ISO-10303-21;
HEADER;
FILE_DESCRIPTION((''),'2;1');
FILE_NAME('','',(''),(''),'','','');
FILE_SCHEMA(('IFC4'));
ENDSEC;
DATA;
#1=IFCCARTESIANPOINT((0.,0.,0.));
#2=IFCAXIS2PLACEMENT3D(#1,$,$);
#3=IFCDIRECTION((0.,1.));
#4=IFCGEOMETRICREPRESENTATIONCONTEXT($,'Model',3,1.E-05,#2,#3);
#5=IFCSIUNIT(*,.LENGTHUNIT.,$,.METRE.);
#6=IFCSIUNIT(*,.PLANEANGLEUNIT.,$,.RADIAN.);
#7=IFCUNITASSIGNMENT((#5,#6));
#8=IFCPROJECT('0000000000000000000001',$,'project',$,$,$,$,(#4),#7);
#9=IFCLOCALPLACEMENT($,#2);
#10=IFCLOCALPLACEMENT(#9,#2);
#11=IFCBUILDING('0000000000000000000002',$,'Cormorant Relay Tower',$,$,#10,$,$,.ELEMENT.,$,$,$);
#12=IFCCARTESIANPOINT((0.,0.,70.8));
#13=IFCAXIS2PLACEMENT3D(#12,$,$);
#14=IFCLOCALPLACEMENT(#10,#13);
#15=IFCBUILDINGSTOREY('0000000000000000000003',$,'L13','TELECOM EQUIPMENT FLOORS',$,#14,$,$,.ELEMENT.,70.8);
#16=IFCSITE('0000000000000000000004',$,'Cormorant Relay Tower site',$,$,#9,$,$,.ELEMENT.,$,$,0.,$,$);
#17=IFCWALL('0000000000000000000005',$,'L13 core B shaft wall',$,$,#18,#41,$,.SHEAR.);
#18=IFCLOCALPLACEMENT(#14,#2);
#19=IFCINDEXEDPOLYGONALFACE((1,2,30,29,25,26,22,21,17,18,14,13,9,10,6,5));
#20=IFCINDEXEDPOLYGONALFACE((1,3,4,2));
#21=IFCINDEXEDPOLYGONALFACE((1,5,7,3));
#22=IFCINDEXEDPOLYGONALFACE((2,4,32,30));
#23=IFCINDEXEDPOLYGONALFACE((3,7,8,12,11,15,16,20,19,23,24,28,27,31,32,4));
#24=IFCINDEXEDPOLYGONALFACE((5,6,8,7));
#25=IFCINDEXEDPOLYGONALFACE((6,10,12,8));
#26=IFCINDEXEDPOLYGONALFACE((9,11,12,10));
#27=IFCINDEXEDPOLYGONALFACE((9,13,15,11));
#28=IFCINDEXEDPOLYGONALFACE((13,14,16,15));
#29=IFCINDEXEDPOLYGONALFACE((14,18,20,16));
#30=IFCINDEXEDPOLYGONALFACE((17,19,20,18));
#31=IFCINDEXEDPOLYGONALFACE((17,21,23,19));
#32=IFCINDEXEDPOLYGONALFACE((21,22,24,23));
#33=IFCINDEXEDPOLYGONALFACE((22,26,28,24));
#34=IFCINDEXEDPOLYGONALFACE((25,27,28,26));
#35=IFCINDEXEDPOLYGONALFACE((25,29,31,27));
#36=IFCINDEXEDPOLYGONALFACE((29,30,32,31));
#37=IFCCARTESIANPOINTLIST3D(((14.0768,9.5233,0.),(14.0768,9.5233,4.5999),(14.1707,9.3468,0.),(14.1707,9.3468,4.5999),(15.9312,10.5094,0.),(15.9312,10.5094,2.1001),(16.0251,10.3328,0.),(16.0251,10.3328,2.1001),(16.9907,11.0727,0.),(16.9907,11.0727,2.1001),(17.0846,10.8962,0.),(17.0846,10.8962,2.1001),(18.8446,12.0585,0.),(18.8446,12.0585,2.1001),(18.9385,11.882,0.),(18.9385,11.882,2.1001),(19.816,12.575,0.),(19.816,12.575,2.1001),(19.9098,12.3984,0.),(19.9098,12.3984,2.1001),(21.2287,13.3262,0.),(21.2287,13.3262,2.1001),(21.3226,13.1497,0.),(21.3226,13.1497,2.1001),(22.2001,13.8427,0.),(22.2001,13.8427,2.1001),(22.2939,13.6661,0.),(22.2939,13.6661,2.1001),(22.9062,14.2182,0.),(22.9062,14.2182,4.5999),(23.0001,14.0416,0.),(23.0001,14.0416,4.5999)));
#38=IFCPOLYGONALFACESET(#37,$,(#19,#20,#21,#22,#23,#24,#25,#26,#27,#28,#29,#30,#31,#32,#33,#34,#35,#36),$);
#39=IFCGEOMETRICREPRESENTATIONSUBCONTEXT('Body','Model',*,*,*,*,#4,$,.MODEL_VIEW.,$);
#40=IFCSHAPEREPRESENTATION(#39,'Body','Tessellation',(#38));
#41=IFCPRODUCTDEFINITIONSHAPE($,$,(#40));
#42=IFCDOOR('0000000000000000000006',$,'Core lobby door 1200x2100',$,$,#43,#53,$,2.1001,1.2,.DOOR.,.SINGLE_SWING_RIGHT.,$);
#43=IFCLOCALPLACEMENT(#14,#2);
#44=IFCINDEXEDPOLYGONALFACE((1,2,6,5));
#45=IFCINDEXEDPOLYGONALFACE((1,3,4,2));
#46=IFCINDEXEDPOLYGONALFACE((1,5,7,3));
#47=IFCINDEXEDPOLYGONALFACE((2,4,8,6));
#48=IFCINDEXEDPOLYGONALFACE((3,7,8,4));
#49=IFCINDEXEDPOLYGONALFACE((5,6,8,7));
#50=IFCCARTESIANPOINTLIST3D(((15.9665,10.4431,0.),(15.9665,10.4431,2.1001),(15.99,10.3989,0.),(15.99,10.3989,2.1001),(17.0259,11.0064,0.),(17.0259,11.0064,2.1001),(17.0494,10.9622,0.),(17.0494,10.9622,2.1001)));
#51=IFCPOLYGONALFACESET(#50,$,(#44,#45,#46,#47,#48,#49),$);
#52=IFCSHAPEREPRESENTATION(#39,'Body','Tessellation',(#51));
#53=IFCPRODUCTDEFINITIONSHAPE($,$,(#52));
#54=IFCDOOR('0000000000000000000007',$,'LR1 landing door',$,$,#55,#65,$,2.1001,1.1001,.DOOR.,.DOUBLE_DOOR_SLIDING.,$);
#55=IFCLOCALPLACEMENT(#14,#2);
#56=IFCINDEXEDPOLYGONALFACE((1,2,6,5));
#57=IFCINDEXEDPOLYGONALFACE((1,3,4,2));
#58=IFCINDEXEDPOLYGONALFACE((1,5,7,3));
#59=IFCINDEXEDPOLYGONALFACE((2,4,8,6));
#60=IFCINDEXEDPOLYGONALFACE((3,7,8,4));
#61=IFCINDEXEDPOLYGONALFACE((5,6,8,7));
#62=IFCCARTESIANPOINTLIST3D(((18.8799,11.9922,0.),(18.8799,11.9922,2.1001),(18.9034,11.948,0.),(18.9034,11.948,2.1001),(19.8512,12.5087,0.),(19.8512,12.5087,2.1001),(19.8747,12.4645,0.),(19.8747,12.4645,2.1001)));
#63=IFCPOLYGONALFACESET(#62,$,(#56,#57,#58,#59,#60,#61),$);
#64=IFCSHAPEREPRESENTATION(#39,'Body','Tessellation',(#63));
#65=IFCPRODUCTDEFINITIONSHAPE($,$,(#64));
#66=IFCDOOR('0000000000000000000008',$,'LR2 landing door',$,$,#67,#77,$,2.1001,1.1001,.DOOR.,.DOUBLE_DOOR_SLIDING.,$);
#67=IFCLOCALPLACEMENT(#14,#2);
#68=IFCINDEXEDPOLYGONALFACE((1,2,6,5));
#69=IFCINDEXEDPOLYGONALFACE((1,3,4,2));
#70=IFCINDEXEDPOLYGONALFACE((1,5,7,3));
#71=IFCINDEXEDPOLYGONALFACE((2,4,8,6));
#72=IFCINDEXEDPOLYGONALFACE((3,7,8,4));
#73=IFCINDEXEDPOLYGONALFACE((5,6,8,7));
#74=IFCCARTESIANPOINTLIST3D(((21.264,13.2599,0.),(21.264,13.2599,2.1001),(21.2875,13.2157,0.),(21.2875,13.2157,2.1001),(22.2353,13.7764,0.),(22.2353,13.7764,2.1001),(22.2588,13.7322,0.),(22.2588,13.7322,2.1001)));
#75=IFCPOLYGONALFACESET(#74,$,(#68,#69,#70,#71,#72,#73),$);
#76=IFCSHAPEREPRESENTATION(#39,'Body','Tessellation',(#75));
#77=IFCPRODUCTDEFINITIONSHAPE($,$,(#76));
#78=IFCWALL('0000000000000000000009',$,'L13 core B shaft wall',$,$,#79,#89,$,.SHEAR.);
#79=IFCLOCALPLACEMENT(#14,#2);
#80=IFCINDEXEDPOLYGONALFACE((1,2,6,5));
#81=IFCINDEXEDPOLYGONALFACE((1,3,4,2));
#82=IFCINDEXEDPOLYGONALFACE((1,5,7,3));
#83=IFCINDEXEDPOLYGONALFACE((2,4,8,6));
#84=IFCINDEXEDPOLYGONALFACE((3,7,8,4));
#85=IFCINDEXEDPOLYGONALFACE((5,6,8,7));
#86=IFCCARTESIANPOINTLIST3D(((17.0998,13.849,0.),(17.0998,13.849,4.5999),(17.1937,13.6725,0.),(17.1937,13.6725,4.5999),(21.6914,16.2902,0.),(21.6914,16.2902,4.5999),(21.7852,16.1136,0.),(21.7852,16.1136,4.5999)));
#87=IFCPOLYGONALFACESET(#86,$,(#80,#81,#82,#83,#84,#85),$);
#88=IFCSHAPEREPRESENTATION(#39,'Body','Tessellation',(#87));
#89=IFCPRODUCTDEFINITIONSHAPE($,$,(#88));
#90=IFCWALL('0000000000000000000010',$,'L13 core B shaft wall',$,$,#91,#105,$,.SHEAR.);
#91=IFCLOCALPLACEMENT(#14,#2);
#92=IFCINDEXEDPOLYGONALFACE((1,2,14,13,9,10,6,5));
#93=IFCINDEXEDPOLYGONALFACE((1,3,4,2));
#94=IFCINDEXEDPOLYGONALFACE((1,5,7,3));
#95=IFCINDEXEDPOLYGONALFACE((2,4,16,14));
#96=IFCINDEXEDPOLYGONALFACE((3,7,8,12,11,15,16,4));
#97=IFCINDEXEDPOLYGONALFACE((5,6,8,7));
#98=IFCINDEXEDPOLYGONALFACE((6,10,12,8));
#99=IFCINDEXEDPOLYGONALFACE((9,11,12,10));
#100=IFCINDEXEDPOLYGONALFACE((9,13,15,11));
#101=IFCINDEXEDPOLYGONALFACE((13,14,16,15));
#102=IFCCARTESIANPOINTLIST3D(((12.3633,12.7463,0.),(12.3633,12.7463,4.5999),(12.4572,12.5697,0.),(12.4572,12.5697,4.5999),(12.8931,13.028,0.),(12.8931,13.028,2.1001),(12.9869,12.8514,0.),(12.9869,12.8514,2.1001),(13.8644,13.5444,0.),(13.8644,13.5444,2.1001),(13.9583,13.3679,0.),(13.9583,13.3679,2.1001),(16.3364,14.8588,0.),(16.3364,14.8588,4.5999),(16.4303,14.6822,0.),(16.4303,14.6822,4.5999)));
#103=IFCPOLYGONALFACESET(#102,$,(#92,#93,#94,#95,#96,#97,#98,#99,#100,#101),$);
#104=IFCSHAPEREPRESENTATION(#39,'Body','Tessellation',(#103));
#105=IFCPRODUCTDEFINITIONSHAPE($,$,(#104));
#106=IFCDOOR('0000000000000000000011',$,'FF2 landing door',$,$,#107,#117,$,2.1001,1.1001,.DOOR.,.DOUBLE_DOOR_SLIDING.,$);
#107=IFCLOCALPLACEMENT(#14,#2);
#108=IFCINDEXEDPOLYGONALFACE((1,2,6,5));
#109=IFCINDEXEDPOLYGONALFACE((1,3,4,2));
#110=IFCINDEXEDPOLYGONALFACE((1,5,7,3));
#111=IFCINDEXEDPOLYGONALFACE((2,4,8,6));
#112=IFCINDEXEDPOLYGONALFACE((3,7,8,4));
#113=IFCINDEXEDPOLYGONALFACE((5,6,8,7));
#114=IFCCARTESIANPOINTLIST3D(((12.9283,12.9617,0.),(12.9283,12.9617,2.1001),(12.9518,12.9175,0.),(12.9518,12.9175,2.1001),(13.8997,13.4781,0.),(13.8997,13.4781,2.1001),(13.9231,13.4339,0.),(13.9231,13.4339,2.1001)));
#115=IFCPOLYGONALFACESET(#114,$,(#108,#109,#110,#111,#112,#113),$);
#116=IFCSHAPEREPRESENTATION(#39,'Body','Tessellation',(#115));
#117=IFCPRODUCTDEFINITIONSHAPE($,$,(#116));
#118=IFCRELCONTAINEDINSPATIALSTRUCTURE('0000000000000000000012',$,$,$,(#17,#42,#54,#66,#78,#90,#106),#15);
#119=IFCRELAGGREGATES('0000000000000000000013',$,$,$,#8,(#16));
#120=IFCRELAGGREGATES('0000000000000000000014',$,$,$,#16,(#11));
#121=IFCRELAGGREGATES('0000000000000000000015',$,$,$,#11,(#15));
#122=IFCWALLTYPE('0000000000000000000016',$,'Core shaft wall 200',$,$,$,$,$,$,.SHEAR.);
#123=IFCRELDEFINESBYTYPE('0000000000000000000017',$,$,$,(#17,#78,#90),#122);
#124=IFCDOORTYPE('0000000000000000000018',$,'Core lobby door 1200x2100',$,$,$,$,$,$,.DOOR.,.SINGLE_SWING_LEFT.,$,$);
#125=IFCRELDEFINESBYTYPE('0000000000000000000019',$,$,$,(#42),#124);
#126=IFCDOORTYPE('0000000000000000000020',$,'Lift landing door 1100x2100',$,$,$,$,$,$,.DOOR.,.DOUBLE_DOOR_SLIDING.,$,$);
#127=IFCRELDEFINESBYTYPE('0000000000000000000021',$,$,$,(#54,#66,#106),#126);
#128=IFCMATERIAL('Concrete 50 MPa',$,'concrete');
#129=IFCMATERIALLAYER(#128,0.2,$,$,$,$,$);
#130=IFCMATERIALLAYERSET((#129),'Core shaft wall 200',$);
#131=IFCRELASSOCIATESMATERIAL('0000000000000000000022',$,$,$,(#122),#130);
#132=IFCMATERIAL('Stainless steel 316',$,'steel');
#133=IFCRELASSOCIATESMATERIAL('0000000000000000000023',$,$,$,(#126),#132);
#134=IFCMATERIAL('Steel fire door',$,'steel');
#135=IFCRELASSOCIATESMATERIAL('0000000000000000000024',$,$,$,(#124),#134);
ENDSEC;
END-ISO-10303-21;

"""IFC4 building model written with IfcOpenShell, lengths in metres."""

from ifc_helpers import new_model, si_unit, direction, frame, frame_2d, origin, place, context, subcontext, project, spatial, rectangle, extrude, material, layer, layer_set, type_object, element, fill, save


model = new_model("IFC4")

# Units and contexts
model_context = context("Model", 3, precision=1e-05, world=origin(), true_north=direction((0.0, 1.0)))
body_context = subcontext(model_context, "Body", "Model", "MODEL_VIEW")
ifc_project = project(units=[si_unit("LENGTHUNIT", "METRE"), si_unit("PLANEANGLEUNIT", "RADIAN")], contexts=[model_context])

# Site, building, storey
site_placement = place(None, origin())
site = spatial("IfcSite", under=ifc_project, at=site_placement, Name="Cormorant Relay Tower site", CompositionType="ELEMENT", RefElevation=0.0)
building_placement = place(site_placement, origin())
building = spatial("IfcBuilding", under=site, at=building_placement, Name="Cormorant Relay Tower", CompositionType="ELEMENT")
storey_placement = place(building_placement, frame((0.0, 0.0, 70.8)))
storey = spatial("IfcBuildingStorey", under=building, at=storey_placement, Name="L13", Description="TELECOM EQUIPMENT FLOORS", CompositionType="ELEMENT", Elevation=70.8)

# Shared definitions
ifc_material_1 = material(Name="Concrete 50 MPa", Category="concrete")
ifc_layer_1 = layer(ifc_material_1, 0.2)
ifc_layer_set_1 = layer_set([ifc_layer_1], Name="Core shaft wall 200")
wall_type_1 = type_object("IfcWallType", Name="Core shaft wall 200", PredefinedType="SHEAR", material=ifc_layer_set_1)

# Wall, openings, doors
ifc_material_2 = material(Name="Stainless steel 316", Category="steel")
door_type_1 = type_object("IfcDoorType", Name="Lift landing door 1100x2100", OperationType="DOUBLE_DOOR_SLIDING", PredefinedType="DOOR", material=ifc_material_2)
wall_1_placement = place(storey_placement, frame((14.1238, 9.4351, 0.0), z_axis=(0.0, 0.0, 1.0), x_axis=(0.88294, 0.469485, 0.0)))
wall_1 = element("IfcWall", 1, at=wall_1_placement, inside=storey, type_object=wall_type_1, Name="L13 core B shaft wall", PredefinedType="SHEAR", context=body_context, shape_type="SweptSolid", body=[
    extrude(rectangle(XDim=10.0, YDim=0.2, at=frame_2d((5.0, 0.0))), origin(), (0.0, 0.0, 1.0), 4.5999),
])
opening_1_placement = place(wall_1_placement, frame((2.1001, 0.0, 0.0)))
opening_1 = element("IfcOpeningElement", 2, at=opening_1_placement, cuts=wall_1, PredefinedType="OPENING", context=body_context, shape_type="SweptSolid", body=[
    extrude(rectangle(XDim=1.2, YDim=2.1001, at=frame_2d((0.6001, 1.05))), frame((0.0, 0.1099, 0.0), z_axis=(0.0, -1.0, 0.0), x_axis=(1.0, 0.0, 0.0)), (0.0, 0.0, 1.0), 0.22),
])
opening_2_placement = place(wall_1_placement, frame((5.3999, 0.0, 0.0)))
opening_2 = element("IfcOpeningElement", 3, at=opening_2_placement, cuts=wall_1, PredefinedType="OPENING", context=body_context, shape_type="SweptSolid", body=[
    extrude(rectangle(XDim=1.1001, YDim=2.1001, at=frame_2d((0.55, 1.05))), frame((0.0, 0.1099, 0.0), z_axis=(0.0, -1.0, 0.0), x_axis=(1.0, 0.0, 0.0)), (0.0, 0.0, 1.0), 0.22),
])
opening_3_placement = place(wall_1_placement, frame((8.1001, 0.0, 0.0)))
opening_3 = element("IfcOpeningElement", 4, at=opening_3_placement, cuts=wall_1, PredefinedType="OPENING", context=body_context, shape_type="SweptSolid", body=[
    extrude(rectangle(XDim=1.1001, YDim=2.1001, at=frame_2d((0.55, 1.05))), frame((0.0, 0.1099, 0.0), z_axis=(0.0, -1.0, 0.0), x_axis=(1.0, 0.0, 0.0)), (0.0, 0.0, 1.0), 0.22),
])
ifc_material_3 = material(Name="Steel fire door", Category="steel")
door_type_2 = type_object("IfcDoorType", Name="Core lobby door 1200x2100", OperationType="SINGLE_SWING_LEFT", PredefinedType="DOOR", material=ifc_material_3)
door_1_placement = place(opening_1_placement, origin())
door_1 = element("IfcDoor", 5, at=door_1_placement, inside=storey, type_object=door_type_2, Name="Core lobby door 1200x2100", OperationType="SINGLE_SWING_RIGHT", OverallHeight=2.1001, OverallWidth=1.2, PredefinedType="DOOR", context=body_context, shape_type="SweptSolid", body=[
    extrude(rectangle(XDim=1.2, YDim=2.1001, at=frame_2d((0.6001, 1.05))), frame((0.0, 0.0249, 0.0), z_axis=(0.0, -1.0, 0.0), x_axis=(1.0, 0.0, 0.0)), (0.0, 0.0, 1.0), 0.05),
])
fill(opening_1, door_1)
door_2_placement = place(opening_2_placement, origin())
door_2 = element("IfcDoor", 6, at=door_2_placement, inside=storey, type_object=door_type_1, Name="LR1 landing door", OperationType="DOUBLE_DOOR_SLIDING", OverallHeight=2.1001, OverallWidth=1.1001, PredefinedType="DOOR", context=body_context, shape_type="SweptSolid", body=[
    extrude(rectangle(XDim=1.1001, YDim=2.1001, at=frame_2d((0.55, 1.05))), frame((0.0, 0.0249, 0.0), z_axis=(0.0, -1.0, 0.0), x_axis=(1.0, 0.0, 0.0)), (0.0, 0.0, 1.0), 0.05),
])
fill(opening_2, door_2)
door_3_placement = place(opening_3_placement, origin())
door_3 = element("IfcDoor", 7, at=door_3_placement, inside=storey, type_object=door_type_1, Name="LR2 landing door", OperationType="DOUBLE_DOOR_SLIDING", OverallHeight=2.1001, OverallWidth=1.1001, PredefinedType="DOOR", context=body_context, shape_type="SweptSolid", body=[
    extrude(rectangle(XDim=1.1001, YDim=2.1001, at=frame_2d((0.55, 1.05))), frame((0.0, 0.0249, 0.0), z_axis=(0.0, -1.0, 0.0), x_axis=(1.0, 0.0, 0.0)), (0.0, 0.0, 1.0), 0.05),
])
fill(opening_3, door_3)

# Wall
wall_2_placement = place(storey_placement, frame((17.1467, 13.7607, 0.0), z_axis=(0.0, 0.0, 1.0), x_axis=(0.882964, 0.46944, 0.0)))
element("IfcWall", 8, at=wall_2_placement, inside=storey, type_object=wall_type_1, Name="L13 core B shaft wall", PredefinedType="SHEAR", context=body_context, shape_type="SweptSolid", body=[
    extrude(rectangle(XDim=5.2002, YDim=0.2, at=frame_2d((2.6001, 0.0))), origin(), (0.0, 0.0, 1.0), 4.5999),
])

# Wall, opening, door
wall_3_placement = place(storey_placement, frame((12.4102, 12.658, 0.0), z_axis=(0.0, 0.0, 1.0), x_axis=(0.882948, 0.46947, 0.0)))
wall_3 = element("IfcWall", 9, at=wall_3_placement, inside=storey, type_object=wall_type_1, Name="L13 core B shaft wall", PredefinedType="SHEAR", context=body_context, shape_type="SweptSolid", body=[
    extrude(rectangle(XDim=4.4998, YDim=0.2, at=frame_2d((2.25, 0.0))), origin(), (0.0, 0.0, 1.0), 4.5999),
])
opening_4_placement = place(wall_3_placement, frame((0.6001, 0.0, 0.0)))
opening_4 = element("IfcOpeningElement", 10, at=opening_4_placement, cuts=wall_3, PredefinedType="OPENING", context=body_context, shape_type="SweptSolid", body=[
    extrude(rectangle(XDim=1.1001, YDim=2.1001, at=frame_2d((0.55, 1.05))), frame((0.0, 0.1099, 0.0), z_axis=(0.0, -1.0, 0.0), x_axis=(1.0, 0.0, 0.0)), (0.0, 0.0, 1.0), 0.22),
])
door_4_placement = place(opening_4_placement, origin())
door_4 = element("IfcDoor", 11, at=door_4_placement, inside=storey, type_object=door_type_1, Name="FF2 landing door", OperationType="DOUBLE_DOOR_SLIDING", OverallHeight=2.1001, OverallWidth=1.1001, PredefinedType="DOOR", context=body_context, shape_type="SweptSolid", body=[
    extrude(rectangle(XDim=1.1001, YDim=2.1001, at=frame_2d((0.55, 1.05))), frame((0.0, 0.0249, 0.0), z_axis=(0.0, -1.0, 0.0), x_axis=(1.0, 0.0, 0.0)), (0.0, 0.0, 1.0), 0.05),
])
fill(opening_4, door_4)

save(model, "model.ifc")
